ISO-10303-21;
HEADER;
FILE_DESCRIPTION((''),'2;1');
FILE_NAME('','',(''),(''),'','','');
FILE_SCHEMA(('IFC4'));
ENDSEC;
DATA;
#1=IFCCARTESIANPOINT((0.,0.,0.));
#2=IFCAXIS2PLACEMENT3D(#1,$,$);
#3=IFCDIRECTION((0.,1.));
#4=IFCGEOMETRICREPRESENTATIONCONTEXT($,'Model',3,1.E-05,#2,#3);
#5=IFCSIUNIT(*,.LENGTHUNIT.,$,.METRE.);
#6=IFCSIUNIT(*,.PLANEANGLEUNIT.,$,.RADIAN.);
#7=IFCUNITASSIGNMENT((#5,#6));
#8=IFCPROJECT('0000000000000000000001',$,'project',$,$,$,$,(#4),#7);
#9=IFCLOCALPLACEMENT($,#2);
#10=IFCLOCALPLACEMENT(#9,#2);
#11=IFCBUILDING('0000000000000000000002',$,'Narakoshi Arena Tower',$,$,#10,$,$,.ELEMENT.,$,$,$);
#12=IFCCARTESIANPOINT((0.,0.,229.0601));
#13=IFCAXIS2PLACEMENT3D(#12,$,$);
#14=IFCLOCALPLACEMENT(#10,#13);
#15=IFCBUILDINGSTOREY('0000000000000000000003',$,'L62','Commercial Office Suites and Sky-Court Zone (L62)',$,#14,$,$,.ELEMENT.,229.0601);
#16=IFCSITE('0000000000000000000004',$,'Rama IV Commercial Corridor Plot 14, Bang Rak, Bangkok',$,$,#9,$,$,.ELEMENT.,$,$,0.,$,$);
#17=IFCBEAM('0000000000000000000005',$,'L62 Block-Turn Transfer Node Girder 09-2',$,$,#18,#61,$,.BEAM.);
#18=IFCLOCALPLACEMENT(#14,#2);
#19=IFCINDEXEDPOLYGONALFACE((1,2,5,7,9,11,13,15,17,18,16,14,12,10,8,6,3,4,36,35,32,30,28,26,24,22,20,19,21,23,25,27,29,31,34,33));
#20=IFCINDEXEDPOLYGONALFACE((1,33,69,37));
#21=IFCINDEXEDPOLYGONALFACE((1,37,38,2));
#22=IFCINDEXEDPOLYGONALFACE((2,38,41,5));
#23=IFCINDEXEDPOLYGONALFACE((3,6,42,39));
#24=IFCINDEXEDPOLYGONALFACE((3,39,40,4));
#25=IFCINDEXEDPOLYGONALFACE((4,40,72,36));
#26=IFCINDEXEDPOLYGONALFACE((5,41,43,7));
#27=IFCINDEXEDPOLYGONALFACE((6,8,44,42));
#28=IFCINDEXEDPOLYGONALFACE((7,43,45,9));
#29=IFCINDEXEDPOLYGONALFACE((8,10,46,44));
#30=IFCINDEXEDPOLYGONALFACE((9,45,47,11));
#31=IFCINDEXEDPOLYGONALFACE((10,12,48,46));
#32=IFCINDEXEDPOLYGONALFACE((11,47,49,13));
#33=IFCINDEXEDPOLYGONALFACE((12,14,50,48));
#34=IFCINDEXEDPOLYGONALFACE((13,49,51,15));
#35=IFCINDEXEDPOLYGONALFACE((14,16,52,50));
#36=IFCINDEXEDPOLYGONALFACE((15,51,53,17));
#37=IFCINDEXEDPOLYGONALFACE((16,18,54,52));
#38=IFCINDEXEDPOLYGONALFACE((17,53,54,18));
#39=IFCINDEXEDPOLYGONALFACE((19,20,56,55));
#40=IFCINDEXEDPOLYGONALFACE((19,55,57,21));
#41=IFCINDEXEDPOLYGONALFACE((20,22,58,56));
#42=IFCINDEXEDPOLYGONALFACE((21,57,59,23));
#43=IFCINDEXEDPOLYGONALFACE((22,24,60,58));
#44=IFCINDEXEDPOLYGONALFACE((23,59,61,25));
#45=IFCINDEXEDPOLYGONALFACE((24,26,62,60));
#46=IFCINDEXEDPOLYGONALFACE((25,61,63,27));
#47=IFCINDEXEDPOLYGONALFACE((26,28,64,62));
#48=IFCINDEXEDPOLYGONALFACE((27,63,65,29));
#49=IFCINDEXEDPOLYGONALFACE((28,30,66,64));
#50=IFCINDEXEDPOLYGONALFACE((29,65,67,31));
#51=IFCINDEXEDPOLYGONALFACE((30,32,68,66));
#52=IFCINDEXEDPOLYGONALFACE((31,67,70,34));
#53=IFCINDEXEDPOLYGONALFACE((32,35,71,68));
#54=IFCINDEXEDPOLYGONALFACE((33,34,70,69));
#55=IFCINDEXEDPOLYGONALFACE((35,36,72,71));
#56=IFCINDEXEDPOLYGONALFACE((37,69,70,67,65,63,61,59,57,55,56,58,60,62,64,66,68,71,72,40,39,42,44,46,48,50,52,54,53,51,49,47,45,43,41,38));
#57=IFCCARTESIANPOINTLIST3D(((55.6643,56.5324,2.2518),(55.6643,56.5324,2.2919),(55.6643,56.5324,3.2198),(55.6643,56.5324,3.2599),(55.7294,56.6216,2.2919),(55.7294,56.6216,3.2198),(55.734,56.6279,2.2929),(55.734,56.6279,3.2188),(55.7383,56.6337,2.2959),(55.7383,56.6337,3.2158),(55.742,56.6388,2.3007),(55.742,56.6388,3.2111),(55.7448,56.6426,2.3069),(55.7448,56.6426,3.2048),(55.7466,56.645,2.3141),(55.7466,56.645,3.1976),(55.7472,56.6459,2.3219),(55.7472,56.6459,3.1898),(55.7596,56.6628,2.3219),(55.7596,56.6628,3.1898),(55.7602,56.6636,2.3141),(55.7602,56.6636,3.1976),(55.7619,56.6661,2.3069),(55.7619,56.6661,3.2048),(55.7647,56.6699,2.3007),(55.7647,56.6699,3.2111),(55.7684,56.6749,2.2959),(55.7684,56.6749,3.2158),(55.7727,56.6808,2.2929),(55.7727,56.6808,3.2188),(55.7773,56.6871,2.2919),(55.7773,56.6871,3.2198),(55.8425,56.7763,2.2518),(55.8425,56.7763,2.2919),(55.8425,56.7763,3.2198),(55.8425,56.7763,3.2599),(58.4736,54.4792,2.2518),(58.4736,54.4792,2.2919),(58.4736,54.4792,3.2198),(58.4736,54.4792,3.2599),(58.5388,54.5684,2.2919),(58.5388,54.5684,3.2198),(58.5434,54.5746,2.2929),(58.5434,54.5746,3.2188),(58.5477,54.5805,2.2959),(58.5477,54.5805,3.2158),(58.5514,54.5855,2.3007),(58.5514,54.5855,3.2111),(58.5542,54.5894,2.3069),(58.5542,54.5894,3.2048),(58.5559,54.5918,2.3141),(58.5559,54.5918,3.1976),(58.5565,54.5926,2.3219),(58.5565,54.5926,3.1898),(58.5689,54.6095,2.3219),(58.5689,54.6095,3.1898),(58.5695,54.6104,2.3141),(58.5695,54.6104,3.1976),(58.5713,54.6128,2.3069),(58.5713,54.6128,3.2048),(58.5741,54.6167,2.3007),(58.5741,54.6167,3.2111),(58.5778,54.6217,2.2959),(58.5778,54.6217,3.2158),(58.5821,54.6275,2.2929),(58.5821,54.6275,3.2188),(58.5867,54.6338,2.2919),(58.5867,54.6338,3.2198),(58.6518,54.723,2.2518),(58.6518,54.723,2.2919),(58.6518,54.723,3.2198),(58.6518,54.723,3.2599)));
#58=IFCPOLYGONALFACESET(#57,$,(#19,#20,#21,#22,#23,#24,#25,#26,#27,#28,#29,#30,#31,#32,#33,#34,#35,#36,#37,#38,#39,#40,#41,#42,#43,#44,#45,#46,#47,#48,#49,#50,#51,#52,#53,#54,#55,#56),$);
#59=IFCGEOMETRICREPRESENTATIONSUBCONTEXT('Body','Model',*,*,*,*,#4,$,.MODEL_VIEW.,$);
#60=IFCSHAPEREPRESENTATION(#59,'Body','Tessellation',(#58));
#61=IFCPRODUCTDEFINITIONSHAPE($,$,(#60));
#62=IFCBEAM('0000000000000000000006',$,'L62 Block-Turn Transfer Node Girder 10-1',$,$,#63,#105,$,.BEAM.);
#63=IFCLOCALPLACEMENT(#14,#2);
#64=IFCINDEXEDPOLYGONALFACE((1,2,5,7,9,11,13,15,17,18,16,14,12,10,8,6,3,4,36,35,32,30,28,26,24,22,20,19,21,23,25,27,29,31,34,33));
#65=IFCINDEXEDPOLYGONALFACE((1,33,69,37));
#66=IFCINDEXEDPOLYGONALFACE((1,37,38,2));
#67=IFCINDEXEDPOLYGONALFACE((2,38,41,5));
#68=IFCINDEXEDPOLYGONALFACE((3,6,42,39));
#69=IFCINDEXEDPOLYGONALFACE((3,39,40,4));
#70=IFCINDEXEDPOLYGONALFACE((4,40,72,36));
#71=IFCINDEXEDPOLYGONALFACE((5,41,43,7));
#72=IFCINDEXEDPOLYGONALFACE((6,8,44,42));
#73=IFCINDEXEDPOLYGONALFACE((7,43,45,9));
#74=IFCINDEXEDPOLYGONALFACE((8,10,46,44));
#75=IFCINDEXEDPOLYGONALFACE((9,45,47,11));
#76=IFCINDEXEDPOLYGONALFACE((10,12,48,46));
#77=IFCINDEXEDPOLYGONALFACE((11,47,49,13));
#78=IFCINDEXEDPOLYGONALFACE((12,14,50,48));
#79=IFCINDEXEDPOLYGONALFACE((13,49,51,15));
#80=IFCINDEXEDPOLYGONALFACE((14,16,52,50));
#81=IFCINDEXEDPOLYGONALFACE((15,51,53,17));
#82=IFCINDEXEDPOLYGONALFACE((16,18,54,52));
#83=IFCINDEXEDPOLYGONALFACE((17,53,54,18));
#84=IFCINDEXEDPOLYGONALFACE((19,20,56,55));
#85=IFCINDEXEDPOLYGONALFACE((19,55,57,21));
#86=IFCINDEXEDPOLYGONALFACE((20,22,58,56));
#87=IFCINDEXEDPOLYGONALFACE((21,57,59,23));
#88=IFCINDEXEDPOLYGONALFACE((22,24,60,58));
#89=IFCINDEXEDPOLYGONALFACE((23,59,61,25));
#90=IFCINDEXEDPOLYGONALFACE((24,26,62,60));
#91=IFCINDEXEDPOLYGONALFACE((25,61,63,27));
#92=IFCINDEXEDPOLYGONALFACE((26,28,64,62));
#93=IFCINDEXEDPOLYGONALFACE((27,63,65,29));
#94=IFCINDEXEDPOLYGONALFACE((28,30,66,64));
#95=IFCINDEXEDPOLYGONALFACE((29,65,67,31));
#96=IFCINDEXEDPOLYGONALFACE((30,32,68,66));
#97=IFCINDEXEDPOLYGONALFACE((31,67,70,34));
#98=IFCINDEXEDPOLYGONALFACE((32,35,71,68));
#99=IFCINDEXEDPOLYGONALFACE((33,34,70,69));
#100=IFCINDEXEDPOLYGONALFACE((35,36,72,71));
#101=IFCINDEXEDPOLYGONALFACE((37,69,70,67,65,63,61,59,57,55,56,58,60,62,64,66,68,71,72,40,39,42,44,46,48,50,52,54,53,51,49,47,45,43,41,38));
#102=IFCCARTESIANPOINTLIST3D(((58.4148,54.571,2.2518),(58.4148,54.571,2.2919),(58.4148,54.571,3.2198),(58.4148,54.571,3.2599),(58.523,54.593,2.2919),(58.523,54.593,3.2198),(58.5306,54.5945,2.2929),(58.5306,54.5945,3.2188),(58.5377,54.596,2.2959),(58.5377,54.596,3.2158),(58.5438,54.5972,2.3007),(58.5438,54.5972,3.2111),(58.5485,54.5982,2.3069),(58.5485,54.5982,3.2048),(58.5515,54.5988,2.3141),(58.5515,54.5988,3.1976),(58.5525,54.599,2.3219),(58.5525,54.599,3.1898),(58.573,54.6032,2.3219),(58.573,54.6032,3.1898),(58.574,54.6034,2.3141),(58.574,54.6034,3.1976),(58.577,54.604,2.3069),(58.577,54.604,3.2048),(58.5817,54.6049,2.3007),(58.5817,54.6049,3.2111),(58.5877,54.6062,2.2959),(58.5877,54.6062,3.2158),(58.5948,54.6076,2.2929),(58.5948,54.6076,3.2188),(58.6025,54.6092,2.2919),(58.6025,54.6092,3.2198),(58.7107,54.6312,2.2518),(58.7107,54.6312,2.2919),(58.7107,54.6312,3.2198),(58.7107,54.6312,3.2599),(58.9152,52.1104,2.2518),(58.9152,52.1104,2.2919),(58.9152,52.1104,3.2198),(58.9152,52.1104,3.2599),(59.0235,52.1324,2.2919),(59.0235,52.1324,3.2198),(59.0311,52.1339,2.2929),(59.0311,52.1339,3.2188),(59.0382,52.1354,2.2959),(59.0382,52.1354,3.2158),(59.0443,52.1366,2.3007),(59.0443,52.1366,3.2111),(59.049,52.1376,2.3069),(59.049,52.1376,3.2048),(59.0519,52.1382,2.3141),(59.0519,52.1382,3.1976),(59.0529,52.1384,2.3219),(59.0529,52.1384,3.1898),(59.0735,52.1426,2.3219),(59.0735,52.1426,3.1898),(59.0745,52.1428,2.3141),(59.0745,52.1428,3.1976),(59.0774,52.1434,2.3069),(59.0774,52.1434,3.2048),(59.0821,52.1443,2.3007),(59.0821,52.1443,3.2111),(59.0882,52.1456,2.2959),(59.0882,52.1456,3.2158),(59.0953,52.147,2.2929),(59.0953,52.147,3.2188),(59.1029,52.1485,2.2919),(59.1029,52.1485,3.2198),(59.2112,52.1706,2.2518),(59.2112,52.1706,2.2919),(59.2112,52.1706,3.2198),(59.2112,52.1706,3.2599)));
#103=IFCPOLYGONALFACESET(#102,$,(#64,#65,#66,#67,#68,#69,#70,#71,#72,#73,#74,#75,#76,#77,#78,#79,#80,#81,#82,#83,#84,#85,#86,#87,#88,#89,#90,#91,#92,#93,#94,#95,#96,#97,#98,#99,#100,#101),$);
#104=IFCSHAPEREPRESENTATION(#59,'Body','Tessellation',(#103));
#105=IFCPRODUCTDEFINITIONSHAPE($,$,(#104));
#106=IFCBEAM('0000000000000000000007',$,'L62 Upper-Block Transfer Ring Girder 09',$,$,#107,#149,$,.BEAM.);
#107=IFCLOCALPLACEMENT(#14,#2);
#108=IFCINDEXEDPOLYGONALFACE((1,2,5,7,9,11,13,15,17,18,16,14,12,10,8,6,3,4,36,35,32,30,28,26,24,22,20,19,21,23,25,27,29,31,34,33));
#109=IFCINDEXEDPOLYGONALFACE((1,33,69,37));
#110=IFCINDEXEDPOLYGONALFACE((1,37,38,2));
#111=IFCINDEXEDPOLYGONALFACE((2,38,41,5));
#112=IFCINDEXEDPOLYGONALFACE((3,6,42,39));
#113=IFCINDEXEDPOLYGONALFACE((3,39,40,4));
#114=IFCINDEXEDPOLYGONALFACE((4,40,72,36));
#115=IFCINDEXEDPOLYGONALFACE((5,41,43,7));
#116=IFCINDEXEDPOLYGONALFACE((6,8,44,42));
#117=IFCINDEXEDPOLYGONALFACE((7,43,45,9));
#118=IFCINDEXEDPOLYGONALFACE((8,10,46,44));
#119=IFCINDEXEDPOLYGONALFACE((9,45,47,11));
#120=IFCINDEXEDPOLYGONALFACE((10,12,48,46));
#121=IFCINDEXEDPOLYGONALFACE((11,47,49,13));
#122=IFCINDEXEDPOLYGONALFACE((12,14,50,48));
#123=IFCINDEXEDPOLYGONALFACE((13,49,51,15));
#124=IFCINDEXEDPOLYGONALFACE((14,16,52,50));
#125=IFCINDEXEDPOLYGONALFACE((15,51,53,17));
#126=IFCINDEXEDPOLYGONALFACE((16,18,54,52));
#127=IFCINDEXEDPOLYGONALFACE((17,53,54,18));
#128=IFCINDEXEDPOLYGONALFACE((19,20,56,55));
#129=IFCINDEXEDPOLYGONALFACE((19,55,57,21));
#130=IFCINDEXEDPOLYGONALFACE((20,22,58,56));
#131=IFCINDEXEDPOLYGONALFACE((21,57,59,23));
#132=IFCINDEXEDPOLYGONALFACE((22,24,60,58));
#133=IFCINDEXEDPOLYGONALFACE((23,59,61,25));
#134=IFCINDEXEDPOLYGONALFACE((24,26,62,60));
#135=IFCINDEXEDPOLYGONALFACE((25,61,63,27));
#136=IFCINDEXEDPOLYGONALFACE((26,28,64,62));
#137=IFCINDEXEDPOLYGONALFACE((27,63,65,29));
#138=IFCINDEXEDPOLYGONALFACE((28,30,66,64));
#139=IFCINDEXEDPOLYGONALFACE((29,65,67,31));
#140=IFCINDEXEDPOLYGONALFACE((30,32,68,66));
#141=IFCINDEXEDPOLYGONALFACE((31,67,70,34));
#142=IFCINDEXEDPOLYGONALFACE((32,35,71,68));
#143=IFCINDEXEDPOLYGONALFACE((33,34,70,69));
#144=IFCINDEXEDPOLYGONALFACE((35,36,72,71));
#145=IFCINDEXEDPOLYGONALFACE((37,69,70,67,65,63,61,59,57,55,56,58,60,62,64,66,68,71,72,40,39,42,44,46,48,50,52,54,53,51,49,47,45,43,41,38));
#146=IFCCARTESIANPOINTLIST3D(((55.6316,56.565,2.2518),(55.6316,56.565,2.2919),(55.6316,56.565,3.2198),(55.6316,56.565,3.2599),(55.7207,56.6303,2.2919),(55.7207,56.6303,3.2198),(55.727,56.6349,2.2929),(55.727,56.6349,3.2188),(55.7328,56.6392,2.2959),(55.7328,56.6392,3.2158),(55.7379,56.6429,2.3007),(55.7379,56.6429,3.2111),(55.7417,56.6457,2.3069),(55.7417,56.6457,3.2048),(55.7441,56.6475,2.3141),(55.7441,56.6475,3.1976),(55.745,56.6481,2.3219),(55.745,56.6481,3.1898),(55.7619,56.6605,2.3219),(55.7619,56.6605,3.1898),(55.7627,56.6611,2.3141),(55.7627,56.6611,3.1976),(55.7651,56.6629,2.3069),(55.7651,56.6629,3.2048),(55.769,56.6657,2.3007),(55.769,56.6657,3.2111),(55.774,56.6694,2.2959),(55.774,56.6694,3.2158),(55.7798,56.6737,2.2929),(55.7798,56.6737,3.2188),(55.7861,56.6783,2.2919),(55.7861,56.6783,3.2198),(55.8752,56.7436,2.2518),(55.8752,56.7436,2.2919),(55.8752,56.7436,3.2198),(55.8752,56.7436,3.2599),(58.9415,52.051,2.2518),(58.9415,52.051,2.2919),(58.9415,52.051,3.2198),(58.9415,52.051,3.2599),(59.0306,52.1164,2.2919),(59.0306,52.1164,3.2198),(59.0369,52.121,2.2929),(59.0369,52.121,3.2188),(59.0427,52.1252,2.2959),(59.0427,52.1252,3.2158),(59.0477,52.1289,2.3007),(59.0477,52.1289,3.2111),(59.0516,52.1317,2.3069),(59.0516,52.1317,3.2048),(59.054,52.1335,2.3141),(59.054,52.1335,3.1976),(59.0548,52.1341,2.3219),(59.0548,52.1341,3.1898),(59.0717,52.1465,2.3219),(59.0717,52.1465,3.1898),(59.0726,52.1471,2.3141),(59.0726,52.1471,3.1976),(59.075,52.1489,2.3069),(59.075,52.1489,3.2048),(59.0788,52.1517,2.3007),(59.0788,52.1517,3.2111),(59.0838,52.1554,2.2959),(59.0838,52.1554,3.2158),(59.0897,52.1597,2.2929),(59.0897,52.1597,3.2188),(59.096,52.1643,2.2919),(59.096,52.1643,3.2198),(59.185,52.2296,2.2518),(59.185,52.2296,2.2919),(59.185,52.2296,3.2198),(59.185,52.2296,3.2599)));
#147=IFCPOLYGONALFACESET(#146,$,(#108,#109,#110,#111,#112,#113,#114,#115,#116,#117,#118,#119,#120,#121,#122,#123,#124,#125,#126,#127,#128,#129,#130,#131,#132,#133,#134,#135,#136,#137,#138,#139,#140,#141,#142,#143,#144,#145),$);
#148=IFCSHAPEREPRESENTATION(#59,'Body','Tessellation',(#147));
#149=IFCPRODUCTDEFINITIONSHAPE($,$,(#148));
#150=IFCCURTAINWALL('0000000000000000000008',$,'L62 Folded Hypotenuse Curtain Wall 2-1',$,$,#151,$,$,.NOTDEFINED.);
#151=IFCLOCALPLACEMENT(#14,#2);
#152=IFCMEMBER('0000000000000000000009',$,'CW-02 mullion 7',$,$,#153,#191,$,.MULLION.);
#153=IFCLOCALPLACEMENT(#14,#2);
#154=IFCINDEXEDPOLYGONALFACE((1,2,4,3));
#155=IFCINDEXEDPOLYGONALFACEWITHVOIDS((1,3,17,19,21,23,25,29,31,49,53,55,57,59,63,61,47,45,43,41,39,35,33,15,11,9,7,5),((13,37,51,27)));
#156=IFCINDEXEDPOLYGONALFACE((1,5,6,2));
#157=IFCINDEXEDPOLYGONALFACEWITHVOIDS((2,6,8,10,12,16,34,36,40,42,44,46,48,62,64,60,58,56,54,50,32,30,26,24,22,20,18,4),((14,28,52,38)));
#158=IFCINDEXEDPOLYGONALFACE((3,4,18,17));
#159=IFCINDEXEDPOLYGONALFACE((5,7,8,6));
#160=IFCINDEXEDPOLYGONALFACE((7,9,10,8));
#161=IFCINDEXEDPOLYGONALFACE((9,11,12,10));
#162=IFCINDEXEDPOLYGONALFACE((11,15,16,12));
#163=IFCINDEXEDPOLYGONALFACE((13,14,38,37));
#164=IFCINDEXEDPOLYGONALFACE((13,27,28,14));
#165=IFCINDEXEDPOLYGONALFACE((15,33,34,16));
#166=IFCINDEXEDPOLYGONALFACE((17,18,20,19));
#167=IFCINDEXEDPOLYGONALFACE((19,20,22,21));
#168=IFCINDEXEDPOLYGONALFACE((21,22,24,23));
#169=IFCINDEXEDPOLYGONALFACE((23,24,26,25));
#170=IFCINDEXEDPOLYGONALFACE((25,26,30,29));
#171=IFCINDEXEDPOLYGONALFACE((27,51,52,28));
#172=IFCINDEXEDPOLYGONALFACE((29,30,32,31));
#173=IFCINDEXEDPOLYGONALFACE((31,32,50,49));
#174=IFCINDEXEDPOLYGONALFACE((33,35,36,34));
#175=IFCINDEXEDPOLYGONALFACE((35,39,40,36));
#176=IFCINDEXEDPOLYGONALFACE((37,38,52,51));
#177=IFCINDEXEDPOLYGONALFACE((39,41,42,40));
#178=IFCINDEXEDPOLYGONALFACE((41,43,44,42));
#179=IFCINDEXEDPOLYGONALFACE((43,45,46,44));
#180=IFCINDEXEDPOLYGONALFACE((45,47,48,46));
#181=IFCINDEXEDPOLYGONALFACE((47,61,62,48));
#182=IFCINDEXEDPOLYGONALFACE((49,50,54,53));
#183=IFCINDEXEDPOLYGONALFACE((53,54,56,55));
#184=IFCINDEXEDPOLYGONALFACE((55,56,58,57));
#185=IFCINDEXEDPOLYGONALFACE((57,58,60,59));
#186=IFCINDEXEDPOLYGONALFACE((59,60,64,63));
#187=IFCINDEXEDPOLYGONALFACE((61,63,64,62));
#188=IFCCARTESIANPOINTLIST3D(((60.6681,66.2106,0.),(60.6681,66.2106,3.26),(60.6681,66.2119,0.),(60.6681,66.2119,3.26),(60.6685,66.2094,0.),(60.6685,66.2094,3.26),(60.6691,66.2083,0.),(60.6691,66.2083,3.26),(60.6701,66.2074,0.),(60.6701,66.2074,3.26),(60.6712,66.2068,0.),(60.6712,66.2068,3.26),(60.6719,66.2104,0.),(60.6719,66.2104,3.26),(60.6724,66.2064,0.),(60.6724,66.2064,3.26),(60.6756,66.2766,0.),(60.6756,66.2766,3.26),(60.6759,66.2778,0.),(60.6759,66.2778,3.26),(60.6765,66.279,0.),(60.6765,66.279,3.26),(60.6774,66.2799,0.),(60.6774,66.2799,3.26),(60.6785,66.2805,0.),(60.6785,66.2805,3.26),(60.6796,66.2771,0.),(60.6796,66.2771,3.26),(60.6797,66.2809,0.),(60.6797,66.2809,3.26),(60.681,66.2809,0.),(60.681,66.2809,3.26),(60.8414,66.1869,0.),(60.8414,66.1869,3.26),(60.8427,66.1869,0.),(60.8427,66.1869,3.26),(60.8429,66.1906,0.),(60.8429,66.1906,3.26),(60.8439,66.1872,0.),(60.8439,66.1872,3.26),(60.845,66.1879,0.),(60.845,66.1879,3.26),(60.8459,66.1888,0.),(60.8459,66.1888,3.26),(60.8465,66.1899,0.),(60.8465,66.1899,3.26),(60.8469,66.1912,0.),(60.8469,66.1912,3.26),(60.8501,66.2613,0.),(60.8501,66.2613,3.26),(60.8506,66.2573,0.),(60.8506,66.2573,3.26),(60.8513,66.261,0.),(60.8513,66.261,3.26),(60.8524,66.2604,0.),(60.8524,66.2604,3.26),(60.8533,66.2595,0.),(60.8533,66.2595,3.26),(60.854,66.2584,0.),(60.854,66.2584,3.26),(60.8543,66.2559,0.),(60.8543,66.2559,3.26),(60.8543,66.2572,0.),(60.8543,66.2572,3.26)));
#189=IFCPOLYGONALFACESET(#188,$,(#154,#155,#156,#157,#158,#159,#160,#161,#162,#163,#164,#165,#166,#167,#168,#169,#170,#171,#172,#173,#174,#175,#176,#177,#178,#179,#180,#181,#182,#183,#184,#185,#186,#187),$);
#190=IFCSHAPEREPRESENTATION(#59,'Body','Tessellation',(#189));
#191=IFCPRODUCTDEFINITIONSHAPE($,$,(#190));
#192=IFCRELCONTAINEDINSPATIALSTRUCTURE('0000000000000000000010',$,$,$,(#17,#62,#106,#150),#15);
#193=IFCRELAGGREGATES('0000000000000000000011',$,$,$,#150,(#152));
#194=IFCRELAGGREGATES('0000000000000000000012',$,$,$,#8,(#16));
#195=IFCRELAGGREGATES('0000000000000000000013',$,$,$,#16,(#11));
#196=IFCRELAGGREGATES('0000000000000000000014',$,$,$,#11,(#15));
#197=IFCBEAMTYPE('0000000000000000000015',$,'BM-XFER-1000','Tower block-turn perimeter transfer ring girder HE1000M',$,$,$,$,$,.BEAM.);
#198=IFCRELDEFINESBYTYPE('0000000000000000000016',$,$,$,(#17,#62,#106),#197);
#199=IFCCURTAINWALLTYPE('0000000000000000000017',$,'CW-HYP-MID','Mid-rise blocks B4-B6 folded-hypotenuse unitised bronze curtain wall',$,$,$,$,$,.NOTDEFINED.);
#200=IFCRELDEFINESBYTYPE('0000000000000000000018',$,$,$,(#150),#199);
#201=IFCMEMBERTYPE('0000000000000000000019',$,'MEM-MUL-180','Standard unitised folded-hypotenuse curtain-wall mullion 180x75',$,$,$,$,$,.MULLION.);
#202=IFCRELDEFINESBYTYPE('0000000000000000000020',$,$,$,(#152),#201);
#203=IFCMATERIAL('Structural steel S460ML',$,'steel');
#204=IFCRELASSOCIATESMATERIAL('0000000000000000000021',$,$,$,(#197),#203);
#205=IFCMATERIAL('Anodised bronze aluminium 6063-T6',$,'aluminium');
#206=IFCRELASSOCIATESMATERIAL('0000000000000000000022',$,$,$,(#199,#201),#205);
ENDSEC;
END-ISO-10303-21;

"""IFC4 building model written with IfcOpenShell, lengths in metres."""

from ifc_helpers import new_model, si_unit, direction, frame, origin, origin_2d, place, context, subcontext, project, spatial, hollow_rectangle, i_section, extrude, material, material_profile, profile_set, type_object, element, aggregate, save


model = new_model("IFC4")

# Units and contexts
model_context = context("Model", 3, precision=1e-05, world=origin(), true_north=direction((0.0, 1.0)))
body_context = subcontext(model_context, "Body", "Model", "MODEL_VIEW")
ifc_project = project(units=[si_unit("LENGTHUNIT", "METRE"), si_unit("PLANEANGLEUNIT", "RADIAN")], contexts=[model_context])

# Site, building, storey
site_placement = place(None, origin())
site = spatial("IfcSite", under=ifc_project, at=site_placement, Name="Rama IV Commercial Corridor Plot 14, Bang Rak, Bangkok", CompositionType="ELEMENT", RefElevation=0.0)
building_placement = place(site_placement, origin())
building = spatial("IfcBuilding", under=site, at=building_placement, Name="Narakoshi Arena Tower", CompositionType="ELEMENT")
storey_placement = place(building_placement, frame((0.0, 0.0, 229.0601)))
storey = spatial("IfcBuildingStorey", under=building, at=storey_placement, Name="L62", Description="Commercial Office Suites and Sky-Court Zone (L62)", CompositionType="ELEMENT", Elevation=229.0601)

# Beams
ifc_material_1 = material(Name="Structural steel S460ML", Category="steel")
ifc_material_profile_1 = material_profile(ifc_material_1, i_section(OverallWidth=0.302, OverallDepth=1.0081, WebThickness=0.021, FlangeThickness=0.04, FilletRadius=0.03, at=origin_2d()), Name="HE1000M")
ifc_profile_set_1 = profile_set([ifc_material_profile_1], Name="Structural steel S460ML")
beam_type_1 = type_object("IfcBeamType", Name="BM-XFER-1000", Description="Tower block-turn perimeter transfer ring girder HE1000M", PredefinedType="BEAM", material=ifc_profile_set_1)
beam_1_placement = place(storey_placement, frame((58.5627, 54.6011, 2.7559), z_axis=(-0.807356, 0.590064, 0.0), x_axis=(-0.590064, -0.807356, 0.0)))
element("IfcBeam", 1, at=beam_1_placement, inside=storey, type_object=beam_type_1, Name="L62 Block-Turn Transfer Node Girder 09-2", PredefinedType="BEAM", context=body_context, shape_type="SweptSolid", body=[
    extrude(i_section(OverallWidth=0.302, OverallDepth=1.0081, WebThickness=0.021, FlangeThickness=0.04, FilletRadius=0.03, at=origin_2d()), origin(), (0.0, 0.0, 1.0), 3.4797),
])
beam_2_placement = place(storey_placement, frame((58.5627, 54.6011, 2.7559), z_axis=(0.199312, -0.979936, 0.0), x_axis=(0.979936, 0.199312, 0.0)))
element("IfcBeam", 2, at=beam_2_placement, inside=storey, type_object=beam_type_1, Name="L62 Block-Turn Transfer Node Girder 10-1", PredefinedType="BEAM", context=body_context, shape_type="SweptSolid", body=[
    extrude(i_section(OverallWidth=0.302, OverallDepth=1.0081, WebThickness=0.021, FlangeThickness=0.04, FilletRadius=0.03, at=origin_2d()), origin(), (0.0, 0.0, 1.0), 2.511),
])
beam_3_placement = place(storey_placement, frame((55.7534, 56.6543, 2.7559), z_axis=(0.591318, -0.806438, 0.0), x_axis=(0.806438, 0.591318, 0.0)))
element("IfcBeam", 3, at=beam_3_placement, inside=storey, type_object=beam_type_1, Name="L62 Upper-Block Transfer Ring Girder 09", PredefinedType="BEAM", context=body_context, shape_type="SweptSolid", body=[
    extrude(i_section(OverallWidth=0.302, OverallDepth=1.0081, WebThickness=0.021, FlangeThickness=0.04, FilletRadius=0.03, at=origin_2d()), origin(), (0.0, 0.0, 1.0), 5.5974),
])

# Curtain wall, member
ifc_material_2 = material(Name="Anodised bronze aluminium 6063-T6", Category="aluminium")
curtain_wall_type = type_object("IfcCurtainWallType", Name="CW-HYP-MID", Description="Mid-rise blocks B4-B6 folded-hypotenuse unitised bronze curtain wall", PredefinedType="NOTDEFINED", material=ifc_material_2)
curtain_wall_placement = place(storey_placement, origin())
curtain_wall = element("IfcCurtainWall", 4, at=curtain_wall_placement, inside=storey, type_object=curtain_wall_type, Name="L62 Folded Hypotenuse Curtain Wall 2-1", PredefinedType="NOTDEFINED")
ifc_material_profile_2 = material_profile(ifc_material_2, hollow_rectangle(XDim=0.075, YDim=0.1799, WallThickness=0.0039, OuterFilletRadius=0.0049, at=origin_2d()), Name="MUL180x75x4")
ifc_profile_set_2 = profile_set([ifc_material_profile_2], Name="Anodised bronze aluminium 6063-T6")
member_type = type_object("IfcMemberType", Name="MEM-MUL-180", Description="Standard unitised folded-hypotenuse curtain-wall mullion 180x75", PredefinedType="MULLION", material=ifc_profile_set_2)
member_placement = place(storey_placement, frame((60.7612, 66.2339, 0.0), z_axis=(0.0, 0.0, 1.0), x_axis=(-0.115011, -0.993364, 0.0)))
member = element("IfcMember", 5, at=member_placement, type_object=member_type, Name="CW-02 mullion 7", PredefinedType="MULLION", context=body_context, shape_type="SweptSolid", body=[
    extrude(hollow_rectangle(XDim=0.075, YDim=0.1799, WallThickness=0.0039, OuterFilletRadius=0.0049, at=origin_2d()), origin(), (0.0, 0.0, 1.0), 3.26),
])
aggregate(curtain_wall, [member])

save(model, "model.ifc")
